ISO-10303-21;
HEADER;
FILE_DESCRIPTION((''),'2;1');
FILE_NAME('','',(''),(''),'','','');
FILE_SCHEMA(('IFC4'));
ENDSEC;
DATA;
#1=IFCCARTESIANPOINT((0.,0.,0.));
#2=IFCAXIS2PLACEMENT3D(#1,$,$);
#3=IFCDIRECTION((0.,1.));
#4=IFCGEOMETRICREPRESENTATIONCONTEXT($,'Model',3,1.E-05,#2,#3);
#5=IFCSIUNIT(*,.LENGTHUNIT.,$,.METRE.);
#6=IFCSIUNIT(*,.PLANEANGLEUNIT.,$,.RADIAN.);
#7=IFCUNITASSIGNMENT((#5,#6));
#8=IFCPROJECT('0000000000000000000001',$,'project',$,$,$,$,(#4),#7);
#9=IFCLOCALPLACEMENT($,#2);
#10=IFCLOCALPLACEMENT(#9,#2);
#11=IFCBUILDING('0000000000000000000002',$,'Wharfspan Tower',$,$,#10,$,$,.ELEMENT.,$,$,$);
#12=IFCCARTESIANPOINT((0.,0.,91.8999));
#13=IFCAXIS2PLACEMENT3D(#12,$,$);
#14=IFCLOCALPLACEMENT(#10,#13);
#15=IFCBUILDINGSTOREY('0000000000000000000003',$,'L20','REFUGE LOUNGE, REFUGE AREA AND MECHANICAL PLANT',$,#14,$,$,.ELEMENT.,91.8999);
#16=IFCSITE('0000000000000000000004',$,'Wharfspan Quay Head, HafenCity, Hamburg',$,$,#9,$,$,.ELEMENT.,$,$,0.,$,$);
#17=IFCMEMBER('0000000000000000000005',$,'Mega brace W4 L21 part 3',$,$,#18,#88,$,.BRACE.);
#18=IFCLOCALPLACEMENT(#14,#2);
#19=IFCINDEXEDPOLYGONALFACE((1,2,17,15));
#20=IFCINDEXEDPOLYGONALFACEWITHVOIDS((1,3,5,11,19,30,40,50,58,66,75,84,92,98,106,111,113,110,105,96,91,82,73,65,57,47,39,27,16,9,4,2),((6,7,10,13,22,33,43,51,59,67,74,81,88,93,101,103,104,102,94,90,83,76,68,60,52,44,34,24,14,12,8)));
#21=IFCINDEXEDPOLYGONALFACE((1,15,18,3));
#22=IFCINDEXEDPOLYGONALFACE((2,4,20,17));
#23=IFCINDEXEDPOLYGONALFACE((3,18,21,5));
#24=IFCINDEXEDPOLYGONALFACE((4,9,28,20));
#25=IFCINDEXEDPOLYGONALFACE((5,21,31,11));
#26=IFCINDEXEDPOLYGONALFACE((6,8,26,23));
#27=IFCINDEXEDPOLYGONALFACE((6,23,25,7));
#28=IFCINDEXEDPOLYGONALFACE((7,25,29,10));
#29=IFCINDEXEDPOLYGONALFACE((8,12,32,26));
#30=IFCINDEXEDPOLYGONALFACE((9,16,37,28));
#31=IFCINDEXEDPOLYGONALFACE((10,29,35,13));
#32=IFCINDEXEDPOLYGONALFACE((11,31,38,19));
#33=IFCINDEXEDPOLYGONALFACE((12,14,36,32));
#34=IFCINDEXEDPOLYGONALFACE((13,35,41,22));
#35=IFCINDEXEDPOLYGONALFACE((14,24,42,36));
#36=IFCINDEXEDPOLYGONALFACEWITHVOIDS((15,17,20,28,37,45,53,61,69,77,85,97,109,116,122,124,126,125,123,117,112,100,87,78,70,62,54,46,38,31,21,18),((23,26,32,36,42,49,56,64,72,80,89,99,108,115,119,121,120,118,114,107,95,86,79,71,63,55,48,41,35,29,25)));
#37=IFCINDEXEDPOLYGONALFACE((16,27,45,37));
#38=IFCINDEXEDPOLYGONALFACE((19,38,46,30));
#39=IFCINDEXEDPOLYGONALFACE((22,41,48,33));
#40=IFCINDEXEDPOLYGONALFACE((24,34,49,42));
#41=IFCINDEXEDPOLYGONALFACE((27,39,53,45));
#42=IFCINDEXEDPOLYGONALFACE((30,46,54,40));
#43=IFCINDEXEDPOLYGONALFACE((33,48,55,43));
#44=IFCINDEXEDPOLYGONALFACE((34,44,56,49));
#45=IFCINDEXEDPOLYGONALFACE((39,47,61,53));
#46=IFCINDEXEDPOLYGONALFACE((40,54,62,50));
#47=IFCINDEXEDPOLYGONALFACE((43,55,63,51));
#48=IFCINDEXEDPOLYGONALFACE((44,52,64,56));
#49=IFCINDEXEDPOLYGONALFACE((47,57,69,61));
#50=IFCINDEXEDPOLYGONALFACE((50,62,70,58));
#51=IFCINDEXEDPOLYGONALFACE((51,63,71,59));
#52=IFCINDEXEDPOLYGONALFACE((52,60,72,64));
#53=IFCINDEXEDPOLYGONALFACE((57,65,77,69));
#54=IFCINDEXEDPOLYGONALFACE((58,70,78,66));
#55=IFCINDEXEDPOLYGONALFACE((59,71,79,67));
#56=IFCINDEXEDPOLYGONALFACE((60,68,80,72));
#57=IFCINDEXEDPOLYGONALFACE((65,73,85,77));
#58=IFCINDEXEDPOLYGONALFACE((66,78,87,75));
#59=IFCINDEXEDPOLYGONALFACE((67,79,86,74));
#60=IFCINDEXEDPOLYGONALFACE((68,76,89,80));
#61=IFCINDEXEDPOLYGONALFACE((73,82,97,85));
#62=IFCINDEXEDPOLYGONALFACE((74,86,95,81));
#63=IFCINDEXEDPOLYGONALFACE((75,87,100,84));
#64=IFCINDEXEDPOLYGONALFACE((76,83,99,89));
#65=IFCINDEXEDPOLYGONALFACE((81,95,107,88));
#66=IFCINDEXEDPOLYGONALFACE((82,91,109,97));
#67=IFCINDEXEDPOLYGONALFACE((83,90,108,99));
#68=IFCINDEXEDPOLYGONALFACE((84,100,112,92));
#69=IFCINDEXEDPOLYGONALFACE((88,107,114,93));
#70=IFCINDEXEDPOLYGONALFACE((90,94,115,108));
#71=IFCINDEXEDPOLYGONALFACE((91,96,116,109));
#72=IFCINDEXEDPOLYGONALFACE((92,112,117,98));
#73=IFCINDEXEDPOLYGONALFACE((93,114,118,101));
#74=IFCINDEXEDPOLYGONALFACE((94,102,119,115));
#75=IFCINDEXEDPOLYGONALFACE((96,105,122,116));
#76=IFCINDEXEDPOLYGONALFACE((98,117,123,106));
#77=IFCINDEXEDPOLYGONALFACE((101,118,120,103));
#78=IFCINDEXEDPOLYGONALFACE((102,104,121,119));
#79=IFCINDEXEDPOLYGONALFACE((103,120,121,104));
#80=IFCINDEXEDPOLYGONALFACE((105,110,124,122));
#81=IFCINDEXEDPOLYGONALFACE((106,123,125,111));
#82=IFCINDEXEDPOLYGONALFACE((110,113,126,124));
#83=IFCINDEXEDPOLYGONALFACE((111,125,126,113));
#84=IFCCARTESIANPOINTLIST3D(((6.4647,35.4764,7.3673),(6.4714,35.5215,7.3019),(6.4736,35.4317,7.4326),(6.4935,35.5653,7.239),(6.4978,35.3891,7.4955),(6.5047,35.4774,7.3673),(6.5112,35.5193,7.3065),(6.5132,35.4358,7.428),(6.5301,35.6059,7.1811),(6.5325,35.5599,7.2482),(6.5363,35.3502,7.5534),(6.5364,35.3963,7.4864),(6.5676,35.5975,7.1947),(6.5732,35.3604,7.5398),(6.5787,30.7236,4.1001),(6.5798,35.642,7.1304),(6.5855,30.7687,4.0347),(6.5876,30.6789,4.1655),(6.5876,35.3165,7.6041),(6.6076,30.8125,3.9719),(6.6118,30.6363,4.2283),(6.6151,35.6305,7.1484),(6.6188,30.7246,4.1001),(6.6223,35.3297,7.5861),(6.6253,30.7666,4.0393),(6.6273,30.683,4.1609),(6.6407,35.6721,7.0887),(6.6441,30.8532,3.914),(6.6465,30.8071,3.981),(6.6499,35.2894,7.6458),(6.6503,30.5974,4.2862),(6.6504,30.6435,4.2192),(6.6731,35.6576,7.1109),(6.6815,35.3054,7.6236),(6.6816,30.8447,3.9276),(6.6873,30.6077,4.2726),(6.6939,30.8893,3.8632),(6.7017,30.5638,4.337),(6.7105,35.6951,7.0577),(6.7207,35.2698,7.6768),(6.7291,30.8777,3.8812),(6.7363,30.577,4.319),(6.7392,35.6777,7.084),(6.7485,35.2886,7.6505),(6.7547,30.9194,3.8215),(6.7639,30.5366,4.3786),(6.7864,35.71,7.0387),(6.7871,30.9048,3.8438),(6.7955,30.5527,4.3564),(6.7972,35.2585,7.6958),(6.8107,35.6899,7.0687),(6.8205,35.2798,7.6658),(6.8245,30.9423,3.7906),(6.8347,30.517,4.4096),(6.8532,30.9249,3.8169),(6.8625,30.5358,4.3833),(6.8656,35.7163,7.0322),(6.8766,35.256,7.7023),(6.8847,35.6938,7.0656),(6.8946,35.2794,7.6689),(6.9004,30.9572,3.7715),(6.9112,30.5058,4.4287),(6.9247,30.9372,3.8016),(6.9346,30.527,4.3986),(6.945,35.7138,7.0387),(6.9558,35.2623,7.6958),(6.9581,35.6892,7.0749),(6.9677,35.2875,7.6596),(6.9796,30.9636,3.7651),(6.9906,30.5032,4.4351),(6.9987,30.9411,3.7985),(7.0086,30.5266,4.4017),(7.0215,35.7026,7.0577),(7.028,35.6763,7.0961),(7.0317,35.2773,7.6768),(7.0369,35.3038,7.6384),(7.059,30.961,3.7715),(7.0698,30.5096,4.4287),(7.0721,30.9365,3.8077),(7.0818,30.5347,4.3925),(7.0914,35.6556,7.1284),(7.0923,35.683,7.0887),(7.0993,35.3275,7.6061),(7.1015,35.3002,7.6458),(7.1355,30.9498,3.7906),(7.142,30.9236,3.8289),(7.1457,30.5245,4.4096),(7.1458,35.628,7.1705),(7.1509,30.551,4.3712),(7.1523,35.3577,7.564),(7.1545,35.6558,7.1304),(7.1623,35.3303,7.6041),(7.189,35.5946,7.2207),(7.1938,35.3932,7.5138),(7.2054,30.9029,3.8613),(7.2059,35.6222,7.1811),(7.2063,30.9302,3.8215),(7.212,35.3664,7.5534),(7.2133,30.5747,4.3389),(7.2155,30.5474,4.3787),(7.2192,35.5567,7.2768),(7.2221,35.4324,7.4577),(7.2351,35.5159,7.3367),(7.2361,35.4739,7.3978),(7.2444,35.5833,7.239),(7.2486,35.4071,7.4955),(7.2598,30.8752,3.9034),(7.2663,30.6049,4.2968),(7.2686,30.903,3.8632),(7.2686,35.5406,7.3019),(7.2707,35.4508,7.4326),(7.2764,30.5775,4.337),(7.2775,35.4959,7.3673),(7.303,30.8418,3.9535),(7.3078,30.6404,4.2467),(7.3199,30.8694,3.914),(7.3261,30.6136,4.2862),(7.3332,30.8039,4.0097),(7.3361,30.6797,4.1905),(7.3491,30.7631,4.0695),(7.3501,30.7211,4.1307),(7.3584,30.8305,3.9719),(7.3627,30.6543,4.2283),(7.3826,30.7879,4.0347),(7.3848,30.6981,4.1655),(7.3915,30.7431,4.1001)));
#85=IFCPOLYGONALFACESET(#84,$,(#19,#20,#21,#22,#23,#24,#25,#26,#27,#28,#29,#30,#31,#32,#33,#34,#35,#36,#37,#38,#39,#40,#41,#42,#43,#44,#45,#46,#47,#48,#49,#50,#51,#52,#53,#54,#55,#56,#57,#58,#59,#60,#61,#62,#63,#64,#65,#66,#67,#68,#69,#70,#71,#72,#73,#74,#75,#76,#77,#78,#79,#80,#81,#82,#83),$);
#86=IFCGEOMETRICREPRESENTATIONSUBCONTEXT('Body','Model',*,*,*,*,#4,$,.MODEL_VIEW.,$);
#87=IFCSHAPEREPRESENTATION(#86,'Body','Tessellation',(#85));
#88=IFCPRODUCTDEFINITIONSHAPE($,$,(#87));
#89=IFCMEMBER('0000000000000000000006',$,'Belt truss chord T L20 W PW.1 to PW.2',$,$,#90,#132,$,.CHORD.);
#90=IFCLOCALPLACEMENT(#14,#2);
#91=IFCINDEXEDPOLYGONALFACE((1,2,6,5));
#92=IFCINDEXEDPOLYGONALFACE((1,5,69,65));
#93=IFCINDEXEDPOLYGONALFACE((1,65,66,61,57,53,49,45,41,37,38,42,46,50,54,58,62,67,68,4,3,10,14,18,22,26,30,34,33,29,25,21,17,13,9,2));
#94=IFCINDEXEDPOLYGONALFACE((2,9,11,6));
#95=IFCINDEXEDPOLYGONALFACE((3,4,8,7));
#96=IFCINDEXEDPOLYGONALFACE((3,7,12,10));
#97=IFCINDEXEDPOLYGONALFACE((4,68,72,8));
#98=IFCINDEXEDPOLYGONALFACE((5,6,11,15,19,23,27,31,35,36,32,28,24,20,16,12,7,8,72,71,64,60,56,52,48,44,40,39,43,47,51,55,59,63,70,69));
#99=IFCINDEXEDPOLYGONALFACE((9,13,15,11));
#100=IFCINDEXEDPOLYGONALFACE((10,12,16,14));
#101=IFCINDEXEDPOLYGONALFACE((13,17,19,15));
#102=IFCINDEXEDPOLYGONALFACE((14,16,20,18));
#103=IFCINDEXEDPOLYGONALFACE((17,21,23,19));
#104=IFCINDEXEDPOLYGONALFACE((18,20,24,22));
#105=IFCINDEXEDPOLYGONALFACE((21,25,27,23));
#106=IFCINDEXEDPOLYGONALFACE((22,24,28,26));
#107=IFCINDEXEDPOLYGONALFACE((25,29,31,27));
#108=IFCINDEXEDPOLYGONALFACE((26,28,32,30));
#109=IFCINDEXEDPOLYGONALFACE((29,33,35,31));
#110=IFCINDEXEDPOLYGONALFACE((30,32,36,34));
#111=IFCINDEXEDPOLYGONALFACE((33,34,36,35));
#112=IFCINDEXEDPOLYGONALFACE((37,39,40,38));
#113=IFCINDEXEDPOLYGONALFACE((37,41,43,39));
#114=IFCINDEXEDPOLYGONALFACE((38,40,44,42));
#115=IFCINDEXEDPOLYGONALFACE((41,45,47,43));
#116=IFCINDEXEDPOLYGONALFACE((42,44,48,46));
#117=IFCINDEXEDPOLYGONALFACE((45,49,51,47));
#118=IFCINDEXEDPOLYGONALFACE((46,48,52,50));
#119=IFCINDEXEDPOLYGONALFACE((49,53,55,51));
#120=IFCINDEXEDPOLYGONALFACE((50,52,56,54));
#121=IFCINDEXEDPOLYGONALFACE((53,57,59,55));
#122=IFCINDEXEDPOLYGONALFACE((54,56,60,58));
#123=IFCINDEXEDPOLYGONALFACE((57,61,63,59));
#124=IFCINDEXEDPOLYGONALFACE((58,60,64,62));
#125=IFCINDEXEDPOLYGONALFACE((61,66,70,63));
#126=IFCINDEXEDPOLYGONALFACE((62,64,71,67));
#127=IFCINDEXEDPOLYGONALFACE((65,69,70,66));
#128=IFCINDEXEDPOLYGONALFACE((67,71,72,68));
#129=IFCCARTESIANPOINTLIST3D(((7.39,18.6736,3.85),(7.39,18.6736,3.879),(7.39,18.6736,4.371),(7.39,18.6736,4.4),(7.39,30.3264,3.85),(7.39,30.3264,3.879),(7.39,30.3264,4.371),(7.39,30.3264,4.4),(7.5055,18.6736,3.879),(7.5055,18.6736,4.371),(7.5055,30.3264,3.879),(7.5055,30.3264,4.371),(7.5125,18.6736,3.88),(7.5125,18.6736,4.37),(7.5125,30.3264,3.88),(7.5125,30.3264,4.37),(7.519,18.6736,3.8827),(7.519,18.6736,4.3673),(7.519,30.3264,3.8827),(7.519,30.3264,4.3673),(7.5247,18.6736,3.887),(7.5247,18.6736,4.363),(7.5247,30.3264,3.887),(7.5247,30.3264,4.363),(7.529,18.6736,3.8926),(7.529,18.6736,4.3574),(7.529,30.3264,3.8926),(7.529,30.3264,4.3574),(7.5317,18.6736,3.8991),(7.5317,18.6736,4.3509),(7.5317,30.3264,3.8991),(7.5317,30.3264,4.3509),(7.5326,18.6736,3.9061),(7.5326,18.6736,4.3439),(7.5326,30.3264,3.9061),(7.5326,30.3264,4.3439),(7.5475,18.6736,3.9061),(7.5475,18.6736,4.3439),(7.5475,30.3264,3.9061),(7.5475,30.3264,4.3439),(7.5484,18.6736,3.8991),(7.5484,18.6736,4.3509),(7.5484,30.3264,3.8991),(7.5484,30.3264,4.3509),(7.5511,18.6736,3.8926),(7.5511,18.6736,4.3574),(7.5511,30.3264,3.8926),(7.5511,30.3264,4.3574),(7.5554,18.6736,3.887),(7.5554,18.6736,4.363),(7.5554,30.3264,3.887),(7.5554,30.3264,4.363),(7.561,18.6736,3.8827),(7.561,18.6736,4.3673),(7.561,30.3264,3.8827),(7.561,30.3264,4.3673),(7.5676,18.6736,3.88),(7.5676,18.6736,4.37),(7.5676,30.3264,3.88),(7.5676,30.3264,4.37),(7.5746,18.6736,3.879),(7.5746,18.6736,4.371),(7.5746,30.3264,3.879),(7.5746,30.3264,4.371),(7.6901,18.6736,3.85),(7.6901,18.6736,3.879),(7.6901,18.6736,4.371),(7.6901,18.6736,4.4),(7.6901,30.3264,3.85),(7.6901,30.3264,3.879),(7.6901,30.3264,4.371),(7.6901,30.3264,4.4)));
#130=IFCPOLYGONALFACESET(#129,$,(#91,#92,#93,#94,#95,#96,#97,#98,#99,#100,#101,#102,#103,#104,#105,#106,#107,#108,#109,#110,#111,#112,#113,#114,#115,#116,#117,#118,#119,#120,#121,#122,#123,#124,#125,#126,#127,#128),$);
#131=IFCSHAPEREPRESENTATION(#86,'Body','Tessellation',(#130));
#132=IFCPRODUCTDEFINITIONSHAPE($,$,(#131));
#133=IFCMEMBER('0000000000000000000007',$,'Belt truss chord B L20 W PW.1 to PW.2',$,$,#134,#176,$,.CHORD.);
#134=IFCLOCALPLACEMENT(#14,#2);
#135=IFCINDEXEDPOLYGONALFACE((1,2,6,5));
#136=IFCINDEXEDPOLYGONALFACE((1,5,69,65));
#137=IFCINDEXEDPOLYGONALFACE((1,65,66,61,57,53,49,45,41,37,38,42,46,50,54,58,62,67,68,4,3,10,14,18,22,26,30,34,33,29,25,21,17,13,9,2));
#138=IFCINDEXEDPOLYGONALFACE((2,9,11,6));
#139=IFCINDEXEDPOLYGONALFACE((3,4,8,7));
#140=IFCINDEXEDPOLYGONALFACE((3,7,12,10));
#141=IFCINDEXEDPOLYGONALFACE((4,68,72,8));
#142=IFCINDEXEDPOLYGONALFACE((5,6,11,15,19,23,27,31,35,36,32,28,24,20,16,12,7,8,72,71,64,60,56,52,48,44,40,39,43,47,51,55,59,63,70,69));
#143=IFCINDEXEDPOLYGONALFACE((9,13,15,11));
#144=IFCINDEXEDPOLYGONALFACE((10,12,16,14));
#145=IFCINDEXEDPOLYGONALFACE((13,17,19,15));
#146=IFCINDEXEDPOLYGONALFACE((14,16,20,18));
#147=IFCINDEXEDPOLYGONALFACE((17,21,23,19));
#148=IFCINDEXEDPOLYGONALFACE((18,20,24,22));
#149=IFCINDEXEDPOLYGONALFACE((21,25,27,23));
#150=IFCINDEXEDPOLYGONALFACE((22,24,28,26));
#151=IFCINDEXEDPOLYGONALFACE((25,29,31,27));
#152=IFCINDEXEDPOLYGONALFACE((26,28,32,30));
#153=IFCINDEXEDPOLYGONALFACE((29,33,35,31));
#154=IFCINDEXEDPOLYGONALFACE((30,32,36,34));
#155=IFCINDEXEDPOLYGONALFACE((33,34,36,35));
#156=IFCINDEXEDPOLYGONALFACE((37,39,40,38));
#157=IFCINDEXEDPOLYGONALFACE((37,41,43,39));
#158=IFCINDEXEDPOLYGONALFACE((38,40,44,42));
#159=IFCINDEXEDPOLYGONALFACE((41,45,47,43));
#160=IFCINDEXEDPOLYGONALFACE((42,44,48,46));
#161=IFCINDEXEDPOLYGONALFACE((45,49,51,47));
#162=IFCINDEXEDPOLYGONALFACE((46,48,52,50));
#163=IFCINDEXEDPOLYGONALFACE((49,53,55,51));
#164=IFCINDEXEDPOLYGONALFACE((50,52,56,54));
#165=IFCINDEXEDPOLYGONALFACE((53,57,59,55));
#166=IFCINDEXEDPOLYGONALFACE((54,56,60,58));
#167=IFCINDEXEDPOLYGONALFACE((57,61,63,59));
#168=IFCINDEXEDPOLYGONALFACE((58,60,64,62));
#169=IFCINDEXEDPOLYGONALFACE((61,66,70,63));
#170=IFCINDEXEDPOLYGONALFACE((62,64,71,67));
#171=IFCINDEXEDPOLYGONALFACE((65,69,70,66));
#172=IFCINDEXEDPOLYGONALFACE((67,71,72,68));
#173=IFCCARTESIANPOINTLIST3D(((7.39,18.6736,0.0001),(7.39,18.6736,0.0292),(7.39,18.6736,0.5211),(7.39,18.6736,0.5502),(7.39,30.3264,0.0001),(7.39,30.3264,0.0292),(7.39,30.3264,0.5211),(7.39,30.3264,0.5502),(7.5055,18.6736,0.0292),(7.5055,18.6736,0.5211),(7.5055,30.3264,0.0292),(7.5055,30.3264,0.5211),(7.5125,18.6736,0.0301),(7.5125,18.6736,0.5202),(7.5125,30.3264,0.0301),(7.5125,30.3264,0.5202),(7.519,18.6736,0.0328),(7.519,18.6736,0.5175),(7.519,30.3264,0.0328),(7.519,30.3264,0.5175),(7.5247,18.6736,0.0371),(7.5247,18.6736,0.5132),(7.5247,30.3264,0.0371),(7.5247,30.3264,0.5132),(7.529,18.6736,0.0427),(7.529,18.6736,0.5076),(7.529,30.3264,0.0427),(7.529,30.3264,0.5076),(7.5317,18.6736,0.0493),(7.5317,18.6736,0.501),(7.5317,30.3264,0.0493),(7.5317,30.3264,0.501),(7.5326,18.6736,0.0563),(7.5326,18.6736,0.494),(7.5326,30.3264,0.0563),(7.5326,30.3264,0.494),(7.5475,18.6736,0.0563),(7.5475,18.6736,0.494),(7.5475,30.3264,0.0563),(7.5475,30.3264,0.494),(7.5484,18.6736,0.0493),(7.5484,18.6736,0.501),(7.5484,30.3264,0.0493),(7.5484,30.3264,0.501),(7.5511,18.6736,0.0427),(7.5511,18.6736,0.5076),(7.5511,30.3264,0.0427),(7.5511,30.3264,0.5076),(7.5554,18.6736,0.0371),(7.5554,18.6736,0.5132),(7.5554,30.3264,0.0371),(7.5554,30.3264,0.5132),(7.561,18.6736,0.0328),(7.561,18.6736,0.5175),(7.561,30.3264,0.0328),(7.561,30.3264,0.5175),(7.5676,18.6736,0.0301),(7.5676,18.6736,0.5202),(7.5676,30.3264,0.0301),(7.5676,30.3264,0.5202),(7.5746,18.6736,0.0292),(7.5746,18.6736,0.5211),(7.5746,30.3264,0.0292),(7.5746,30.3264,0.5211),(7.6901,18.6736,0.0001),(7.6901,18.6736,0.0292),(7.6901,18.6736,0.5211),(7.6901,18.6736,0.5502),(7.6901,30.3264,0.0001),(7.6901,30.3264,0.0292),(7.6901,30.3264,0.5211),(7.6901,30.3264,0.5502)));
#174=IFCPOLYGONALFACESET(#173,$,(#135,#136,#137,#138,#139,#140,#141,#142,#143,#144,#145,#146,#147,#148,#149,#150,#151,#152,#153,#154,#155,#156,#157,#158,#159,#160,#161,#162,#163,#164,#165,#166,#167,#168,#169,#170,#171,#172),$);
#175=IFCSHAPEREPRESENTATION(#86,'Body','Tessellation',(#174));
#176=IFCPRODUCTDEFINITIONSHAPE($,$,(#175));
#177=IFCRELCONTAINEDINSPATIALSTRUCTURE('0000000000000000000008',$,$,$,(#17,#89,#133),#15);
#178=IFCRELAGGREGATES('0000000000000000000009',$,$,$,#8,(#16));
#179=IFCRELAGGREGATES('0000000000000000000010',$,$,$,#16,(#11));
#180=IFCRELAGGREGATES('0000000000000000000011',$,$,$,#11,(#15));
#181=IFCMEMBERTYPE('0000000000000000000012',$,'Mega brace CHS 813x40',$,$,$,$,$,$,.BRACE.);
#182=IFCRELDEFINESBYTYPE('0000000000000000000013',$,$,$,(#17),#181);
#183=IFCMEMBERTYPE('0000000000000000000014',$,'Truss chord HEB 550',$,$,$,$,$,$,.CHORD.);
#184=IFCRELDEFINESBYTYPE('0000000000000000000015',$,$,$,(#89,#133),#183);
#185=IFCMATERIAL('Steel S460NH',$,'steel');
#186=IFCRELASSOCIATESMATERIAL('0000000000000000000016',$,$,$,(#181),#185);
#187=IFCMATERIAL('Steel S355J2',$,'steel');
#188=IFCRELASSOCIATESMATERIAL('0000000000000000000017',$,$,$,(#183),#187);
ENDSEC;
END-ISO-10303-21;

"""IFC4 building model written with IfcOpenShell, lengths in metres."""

from ifc_helpers import new_model, si_unit, direction, frame, origin, origin_2d, place, context, subcontext, project, spatial, hollow_circle, i_section, extrude, material, material_profile, profile_set, type_object, element, save


model = new_model("IFC4")

# Units and contexts
model_context = context("Model", 3, precision=1e-05, world=origin(), true_north=direction((0.0, 1.0)))
body_context = subcontext(model_context, "Body", "Model", "MODEL_VIEW")
ifc_project = project(units=[si_unit("LENGTHUNIT", "METRE"), si_unit("PLANEANGLEUNIT", "RADIAN")], contexts=[model_context])

# Site, building, storey
site_placement = place(None, origin())
site = spatial("IfcSite", under=ifc_project, at=site_placement, Name="Wharfspan Quay Head, HafenCity, Hamburg", CompositionType="ELEMENT", RefElevation=0.0)
building_placement = place(site_placement, origin())
building = spatial("IfcBuilding", under=site, at=building_placement, Name="Wharfspan Tower", CompositionType="ELEMENT")
storey_placement = place(building_placement, frame((0.0, 0.0, 91.8999)))
storey = spatial("IfcBuildingStorey", under=building, at=storey_placement, Name="L20", Description="REFUGE LOUNGE, REFUGE AREA AND MECHANICAL PLANT", CompositionType="ELEMENT", Elevation=91.8999)

# Shared definitions
ifc_material_1 = material(Name="Steel S355J2", Category="steel")

# Members
ifc_material_2 = material(Name="Steel S460NH", Category="steel")
ifc_material_profile_1 = material_profile(ifc_material_2, hollow_circle(Radius=0.4065, WallThickness=0.04, at=origin_2d()))
ifc_profile_set_1 = profile_set([ifc_material_profile_1], Name="Steel S460NH")
member_type_1 = type_object("IfcMemberType", Name="Mega brace CHS 813x40", PredefinedType="BRACE", material=ifc_profile_set_1)
member_1_placement = place(storey_placement, frame((6.9851, 30.7334, 4.1001), z_axis=(-0.019765, 0.823912, 0.566373), x_axis=(-0.999715, -0.023981, -0.000002)))
element("IfcMember", 1, at=member_1_placement, inside=storey, type_object=member_type_1, Name="Mega brace W4 L21 part 3", PredefinedType="BRACE", context=body_context, shape_type="SweptSolid", body=[
    extrude(hollow_circle(Radius=0.4065, WallThickness=0.04, at=origin_2d()), origin(), (0.0, 0.0, 1.0), 5.7686),
])
ifc_material_profile_2 = material_profile(ifc_material_1, i_section(OverallWidth=0.3, OverallDepth=0.55, WebThickness=0.0149, FlangeThickness=0.0291, FilletRadius=0.0271, at=origin_2d()))
ifc_profile_set_2 = profile_set([ifc_material_profile_2], Name="Steel S355J2")
member_type_2 = type_object("IfcMemberType", Name="Truss chord HEB 550", PredefinedType="CHORD", material=ifc_profile_set_2)
for number, where, z_axis, x_axis, name in (
    (2, (7.54, 30.3264, 4.125), (0.0, -1.0, 0.0), (1.0, 0.0, 0.0), "Belt truss chord T L20 W PW.1 to PW.2"),
    (3, (7.54, 30.3264, 0.2751), (0.0, -1.0, 0.0), (1.0, 0.0, 0.0), "Belt truss chord B L20 W PW.1 to PW.2"),
):
    element("IfcMember", number, at=place(storey_placement, frame(where, z_axis=z_axis, x_axis=x_axis)), inside=storey, type_object=member_type_2, Name=name, PredefinedType="CHORD", context=body_context, shape_type="SweptSolid", body=[
        extrude(i_section(OverallWidth=0.3, OverallDepth=0.55, WebThickness=0.0149, FlangeThickness=0.0291, FilletRadius=0.0271, at=origin_2d()), origin(), (0.0, 0.0, 1.0), 11.6528),
    ])

save(model, "model.ifc")
